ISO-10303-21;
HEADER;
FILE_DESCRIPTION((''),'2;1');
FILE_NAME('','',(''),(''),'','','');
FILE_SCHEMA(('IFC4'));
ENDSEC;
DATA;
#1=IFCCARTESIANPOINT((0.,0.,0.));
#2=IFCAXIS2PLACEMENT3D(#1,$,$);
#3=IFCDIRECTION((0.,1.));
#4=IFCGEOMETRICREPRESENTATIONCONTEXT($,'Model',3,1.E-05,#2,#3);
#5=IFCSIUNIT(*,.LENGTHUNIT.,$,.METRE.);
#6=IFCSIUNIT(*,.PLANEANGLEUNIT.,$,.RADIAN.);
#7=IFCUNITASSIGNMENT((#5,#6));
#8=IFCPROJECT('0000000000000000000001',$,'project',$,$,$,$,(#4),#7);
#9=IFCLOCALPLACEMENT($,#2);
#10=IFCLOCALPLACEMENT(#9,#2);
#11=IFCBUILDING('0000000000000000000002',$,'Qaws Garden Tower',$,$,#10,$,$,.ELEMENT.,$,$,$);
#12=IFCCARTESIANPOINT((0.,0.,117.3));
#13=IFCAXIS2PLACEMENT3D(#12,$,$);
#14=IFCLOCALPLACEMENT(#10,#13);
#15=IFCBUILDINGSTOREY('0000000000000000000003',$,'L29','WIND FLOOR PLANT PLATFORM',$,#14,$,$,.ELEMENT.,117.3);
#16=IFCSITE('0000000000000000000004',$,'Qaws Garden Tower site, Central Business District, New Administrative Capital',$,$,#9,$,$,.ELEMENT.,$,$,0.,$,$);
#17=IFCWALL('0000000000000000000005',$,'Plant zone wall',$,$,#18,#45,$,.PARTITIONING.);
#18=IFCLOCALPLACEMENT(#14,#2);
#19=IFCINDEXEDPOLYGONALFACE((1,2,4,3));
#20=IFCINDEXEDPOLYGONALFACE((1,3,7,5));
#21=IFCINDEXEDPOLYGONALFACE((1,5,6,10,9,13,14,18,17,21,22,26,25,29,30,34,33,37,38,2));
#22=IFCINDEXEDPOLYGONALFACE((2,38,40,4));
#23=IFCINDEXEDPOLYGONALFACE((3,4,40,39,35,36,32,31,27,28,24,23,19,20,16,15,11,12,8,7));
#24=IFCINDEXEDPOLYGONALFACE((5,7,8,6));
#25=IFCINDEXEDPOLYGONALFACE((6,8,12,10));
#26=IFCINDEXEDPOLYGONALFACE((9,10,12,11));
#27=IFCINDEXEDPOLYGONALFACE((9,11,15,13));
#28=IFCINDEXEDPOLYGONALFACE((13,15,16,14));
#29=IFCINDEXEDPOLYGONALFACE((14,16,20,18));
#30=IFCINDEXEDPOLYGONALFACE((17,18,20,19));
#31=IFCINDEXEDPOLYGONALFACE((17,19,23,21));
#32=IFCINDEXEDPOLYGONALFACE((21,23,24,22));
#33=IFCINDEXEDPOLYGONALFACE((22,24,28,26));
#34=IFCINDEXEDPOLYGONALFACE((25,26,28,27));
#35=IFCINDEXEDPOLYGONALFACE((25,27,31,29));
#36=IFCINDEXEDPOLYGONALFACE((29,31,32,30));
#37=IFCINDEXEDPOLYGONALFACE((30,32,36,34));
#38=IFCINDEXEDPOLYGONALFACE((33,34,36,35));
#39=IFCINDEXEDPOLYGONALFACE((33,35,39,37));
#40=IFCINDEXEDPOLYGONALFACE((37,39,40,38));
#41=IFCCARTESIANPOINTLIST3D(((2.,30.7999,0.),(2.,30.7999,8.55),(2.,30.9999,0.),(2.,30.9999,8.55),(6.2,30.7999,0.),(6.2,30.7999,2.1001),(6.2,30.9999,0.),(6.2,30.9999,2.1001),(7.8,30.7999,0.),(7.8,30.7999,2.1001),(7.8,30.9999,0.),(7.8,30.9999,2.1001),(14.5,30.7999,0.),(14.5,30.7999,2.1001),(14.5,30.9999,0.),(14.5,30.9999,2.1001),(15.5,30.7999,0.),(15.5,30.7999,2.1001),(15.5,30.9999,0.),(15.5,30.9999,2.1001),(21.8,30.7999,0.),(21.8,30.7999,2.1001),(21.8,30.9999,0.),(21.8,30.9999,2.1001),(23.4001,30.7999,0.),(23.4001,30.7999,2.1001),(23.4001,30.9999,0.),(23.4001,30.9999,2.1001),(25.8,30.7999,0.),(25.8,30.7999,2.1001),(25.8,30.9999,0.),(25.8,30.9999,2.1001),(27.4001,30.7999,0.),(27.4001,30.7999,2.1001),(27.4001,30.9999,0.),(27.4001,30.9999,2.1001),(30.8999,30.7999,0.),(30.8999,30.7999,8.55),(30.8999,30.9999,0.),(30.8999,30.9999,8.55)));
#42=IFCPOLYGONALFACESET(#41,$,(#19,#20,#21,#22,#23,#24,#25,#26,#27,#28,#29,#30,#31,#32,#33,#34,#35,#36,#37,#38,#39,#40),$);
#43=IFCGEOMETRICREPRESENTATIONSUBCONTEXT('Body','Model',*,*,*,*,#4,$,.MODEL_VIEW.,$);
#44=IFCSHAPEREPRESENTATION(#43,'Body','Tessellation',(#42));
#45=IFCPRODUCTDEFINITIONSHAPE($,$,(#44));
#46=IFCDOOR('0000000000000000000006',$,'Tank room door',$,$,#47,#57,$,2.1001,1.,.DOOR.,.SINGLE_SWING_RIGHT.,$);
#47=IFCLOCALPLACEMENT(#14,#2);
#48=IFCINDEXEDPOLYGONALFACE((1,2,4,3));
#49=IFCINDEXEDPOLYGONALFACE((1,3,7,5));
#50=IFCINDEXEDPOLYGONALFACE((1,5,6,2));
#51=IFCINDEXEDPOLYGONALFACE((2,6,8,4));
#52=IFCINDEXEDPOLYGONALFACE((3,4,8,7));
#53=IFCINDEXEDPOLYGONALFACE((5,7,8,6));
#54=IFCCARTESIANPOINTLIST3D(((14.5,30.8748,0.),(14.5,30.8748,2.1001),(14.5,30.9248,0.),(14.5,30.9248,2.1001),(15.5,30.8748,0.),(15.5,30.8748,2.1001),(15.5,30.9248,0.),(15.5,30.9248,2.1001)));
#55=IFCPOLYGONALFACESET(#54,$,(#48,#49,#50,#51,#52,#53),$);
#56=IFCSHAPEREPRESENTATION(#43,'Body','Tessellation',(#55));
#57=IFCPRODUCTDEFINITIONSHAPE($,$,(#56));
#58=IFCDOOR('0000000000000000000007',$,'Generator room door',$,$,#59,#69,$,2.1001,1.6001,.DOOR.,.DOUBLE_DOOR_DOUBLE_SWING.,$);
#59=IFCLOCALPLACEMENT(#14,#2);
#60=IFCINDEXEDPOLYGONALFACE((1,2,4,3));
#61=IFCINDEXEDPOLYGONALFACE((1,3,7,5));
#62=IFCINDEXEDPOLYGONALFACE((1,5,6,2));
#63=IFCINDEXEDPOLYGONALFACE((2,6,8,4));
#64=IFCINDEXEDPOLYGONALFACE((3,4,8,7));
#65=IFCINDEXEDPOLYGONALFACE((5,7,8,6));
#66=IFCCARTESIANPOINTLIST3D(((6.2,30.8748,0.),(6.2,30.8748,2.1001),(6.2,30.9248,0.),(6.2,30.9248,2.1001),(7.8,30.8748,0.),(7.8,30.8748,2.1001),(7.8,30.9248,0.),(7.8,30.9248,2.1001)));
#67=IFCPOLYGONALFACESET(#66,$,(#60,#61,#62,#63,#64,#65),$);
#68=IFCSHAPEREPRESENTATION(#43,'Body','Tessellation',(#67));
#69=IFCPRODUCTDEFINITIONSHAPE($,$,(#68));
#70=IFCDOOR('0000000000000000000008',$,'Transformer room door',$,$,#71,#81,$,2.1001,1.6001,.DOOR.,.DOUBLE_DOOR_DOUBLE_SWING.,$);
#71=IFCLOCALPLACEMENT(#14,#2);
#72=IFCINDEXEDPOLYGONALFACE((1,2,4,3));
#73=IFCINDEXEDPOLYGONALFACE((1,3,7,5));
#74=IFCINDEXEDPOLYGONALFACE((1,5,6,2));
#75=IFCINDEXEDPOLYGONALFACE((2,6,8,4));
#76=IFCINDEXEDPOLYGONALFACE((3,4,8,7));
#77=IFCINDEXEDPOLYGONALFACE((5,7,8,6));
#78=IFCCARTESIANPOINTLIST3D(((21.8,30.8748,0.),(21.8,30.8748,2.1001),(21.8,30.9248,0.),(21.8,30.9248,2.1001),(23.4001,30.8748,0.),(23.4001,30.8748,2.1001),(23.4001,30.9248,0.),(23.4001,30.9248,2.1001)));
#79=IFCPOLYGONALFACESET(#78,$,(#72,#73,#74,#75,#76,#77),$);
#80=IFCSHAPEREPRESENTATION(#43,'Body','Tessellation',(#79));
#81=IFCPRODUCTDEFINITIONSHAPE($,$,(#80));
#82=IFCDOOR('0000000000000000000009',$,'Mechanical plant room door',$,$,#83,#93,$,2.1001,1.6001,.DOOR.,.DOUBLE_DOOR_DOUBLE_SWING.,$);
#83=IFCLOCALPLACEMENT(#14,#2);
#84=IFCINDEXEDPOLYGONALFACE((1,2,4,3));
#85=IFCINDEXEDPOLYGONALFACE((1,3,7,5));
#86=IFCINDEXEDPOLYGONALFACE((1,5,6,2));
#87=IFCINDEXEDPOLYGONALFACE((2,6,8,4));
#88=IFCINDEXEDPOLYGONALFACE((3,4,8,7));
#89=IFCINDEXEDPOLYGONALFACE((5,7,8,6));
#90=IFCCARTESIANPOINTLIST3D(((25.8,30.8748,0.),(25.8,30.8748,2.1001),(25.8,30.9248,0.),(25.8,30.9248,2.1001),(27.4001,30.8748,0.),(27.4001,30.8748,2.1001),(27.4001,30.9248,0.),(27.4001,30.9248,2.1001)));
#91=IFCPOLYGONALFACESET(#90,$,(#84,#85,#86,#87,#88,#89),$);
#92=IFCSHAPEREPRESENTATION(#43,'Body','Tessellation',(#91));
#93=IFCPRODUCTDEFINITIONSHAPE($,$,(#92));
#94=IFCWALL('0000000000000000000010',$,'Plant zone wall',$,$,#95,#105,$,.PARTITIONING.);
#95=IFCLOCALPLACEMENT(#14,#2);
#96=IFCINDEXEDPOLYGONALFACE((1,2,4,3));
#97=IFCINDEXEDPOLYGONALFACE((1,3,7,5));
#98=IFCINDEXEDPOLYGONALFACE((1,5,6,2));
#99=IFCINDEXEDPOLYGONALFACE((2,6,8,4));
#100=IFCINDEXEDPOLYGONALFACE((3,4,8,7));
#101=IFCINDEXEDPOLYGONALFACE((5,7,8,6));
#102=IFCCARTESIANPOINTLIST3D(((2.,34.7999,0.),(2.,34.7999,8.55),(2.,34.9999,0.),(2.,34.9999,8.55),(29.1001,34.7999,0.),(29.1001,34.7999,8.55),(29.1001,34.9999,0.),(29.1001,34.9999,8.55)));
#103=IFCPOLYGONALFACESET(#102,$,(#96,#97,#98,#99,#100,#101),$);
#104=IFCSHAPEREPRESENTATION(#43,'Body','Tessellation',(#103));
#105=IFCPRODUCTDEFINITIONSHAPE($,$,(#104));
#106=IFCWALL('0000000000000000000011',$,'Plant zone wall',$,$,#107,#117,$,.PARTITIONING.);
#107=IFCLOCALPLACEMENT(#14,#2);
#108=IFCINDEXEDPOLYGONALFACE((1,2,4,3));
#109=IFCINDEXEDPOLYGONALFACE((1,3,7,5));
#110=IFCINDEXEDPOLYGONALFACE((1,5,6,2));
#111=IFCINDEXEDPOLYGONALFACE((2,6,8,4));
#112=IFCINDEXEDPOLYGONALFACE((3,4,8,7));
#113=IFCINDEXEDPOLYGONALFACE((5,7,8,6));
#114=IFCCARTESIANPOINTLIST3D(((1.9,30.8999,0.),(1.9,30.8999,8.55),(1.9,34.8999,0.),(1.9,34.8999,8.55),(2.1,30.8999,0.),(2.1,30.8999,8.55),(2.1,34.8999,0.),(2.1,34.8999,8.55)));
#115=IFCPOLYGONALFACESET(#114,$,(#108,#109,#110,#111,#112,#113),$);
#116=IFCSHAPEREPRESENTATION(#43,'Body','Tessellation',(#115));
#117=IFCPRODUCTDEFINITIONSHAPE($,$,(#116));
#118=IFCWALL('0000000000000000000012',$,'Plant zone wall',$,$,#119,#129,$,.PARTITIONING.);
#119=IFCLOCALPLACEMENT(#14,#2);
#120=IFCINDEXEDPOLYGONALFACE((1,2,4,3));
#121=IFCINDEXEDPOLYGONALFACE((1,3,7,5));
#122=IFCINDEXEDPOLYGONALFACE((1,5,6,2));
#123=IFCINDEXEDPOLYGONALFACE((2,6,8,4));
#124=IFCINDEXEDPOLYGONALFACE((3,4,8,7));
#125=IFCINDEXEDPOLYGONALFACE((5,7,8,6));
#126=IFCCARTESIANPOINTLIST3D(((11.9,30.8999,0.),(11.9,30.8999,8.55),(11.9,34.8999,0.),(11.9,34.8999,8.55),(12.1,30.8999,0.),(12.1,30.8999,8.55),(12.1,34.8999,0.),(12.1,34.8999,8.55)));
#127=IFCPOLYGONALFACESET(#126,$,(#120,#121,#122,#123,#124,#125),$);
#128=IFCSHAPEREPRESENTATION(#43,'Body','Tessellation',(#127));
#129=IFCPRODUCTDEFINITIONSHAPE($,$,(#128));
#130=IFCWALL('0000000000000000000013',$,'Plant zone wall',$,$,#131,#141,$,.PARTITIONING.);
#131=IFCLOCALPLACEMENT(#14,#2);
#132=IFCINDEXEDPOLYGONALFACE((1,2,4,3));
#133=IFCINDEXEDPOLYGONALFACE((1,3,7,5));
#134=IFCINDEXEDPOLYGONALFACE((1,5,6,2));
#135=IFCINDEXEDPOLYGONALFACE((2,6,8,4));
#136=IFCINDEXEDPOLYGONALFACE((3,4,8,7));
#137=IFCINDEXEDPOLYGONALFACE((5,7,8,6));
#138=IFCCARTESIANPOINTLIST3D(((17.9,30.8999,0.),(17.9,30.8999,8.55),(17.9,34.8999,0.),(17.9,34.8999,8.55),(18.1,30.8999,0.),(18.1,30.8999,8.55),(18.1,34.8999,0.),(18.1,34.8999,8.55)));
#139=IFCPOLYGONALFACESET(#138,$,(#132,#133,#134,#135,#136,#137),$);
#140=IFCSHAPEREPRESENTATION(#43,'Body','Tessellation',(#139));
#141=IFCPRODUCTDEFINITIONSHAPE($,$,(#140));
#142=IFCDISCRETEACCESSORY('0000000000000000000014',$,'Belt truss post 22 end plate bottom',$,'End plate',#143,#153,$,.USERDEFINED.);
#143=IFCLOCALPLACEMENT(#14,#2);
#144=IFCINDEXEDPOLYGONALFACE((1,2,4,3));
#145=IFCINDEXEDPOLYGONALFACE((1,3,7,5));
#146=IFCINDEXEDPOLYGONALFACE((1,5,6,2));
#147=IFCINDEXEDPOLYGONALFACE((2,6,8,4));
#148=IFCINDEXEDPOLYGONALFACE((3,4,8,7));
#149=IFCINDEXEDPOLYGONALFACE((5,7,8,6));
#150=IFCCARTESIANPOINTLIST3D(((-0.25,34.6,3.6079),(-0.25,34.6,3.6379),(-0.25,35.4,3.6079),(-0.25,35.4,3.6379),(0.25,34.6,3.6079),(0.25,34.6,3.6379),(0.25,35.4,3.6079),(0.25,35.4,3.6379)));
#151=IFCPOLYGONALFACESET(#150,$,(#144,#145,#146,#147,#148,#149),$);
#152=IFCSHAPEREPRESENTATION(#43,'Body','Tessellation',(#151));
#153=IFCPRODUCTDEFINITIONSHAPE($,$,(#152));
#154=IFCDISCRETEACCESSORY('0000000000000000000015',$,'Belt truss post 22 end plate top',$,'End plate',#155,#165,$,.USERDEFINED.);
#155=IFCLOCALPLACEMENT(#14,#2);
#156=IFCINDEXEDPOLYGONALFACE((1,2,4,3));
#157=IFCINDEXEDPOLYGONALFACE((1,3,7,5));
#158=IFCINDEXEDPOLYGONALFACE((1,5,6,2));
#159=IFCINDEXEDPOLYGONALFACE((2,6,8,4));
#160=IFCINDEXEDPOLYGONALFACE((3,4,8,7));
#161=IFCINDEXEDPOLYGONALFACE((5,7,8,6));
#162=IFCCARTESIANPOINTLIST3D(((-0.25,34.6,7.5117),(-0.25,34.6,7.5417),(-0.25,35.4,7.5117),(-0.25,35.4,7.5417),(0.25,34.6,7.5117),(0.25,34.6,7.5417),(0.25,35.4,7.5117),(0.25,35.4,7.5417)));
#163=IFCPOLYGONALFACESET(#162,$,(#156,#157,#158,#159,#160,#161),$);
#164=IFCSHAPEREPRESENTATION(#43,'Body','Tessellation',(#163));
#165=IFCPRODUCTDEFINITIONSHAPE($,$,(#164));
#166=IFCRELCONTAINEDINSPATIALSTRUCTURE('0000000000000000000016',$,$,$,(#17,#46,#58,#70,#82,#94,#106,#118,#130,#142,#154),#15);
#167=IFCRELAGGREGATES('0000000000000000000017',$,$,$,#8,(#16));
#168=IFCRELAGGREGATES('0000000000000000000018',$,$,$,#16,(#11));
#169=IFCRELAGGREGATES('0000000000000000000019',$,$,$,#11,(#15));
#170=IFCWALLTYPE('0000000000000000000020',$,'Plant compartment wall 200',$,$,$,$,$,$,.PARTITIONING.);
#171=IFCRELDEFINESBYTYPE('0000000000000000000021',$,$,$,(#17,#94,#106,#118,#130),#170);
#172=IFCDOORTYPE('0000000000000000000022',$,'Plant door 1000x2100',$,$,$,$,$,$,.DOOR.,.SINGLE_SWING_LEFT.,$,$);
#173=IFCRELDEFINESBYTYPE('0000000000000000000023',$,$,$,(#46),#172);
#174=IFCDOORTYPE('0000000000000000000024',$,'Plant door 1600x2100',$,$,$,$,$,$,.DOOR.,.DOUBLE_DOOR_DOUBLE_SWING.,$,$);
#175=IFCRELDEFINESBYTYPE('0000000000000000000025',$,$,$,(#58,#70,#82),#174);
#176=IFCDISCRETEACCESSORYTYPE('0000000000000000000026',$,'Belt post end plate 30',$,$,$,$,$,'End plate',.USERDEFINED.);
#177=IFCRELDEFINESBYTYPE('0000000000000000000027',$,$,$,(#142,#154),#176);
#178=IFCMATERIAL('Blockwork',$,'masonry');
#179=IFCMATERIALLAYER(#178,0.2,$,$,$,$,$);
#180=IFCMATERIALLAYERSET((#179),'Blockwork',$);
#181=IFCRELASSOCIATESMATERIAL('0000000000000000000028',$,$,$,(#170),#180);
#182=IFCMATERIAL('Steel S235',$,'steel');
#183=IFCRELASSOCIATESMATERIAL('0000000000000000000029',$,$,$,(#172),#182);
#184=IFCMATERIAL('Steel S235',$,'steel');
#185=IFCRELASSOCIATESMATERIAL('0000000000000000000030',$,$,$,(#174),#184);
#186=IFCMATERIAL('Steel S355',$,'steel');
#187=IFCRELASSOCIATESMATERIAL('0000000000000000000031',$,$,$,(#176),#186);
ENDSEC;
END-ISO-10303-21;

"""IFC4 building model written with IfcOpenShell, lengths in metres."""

from ifc_helpers import new_model, si_unit, direction, frame, frame_2d, origin, origin_2d, place, context, subcontext, project, spatial, rectangle, extrude, material, layer, layer_set, type_object, element, fill, save


model = new_model("IFC4")

# Units and contexts
model_context = context("Model", 3, precision=1e-05, world=origin(), true_north=direction((0.0, 1.0)))
body_context = subcontext(model_context, "Body", "Model", "MODEL_VIEW")
ifc_project = project(units=[si_unit("LENGTHUNIT", "METRE"), si_unit("PLANEANGLEUNIT", "RADIAN")], contexts=[model_context])

# Site, building, storey
site_placement = place(None, origin())
site = spatial("IfcSite", under=ifc_project, at=site_placement, Name="Qaws Garden Tower site, Central Business District, New Administrative Capital", CompositionType="ELEMENT", RefElevation=0.0)
building_placement = place(site_placement, origin())
building = spatial("IfcBuilding", under=site, at=building_placement, Name="Qaws Garden Tower", CompositionType="ELEMENT")
storey_placement = place(building_placement, frame((0.0, 0.0, 117.3)))
storey = spatial("IfcBuildingStorey", under=building, at=storey_placement, Name="L29", Description="WIND FLOOR PLANT PLATFORM", CompositionType="ELEMENT", Elevation=117.3)

# Shared definitions
placement = place(storey_placement, frame((0.0, 35.0, 3.6079), z_axis=(0.0, 0.0, 1.0), x_axis=(1.0, 0.0, 0.0)))

# Wall, openings, doors
ifc_material_1 = material(Name="Blockwork", Category="masonry")
ifc_layer = layer(ifc_material_1, 0.2)
ifc_layer_set = layer_set([ifc_layer], Name="Blockwork")
wall_type = type_object("IfcWallType", Name="Plant compartment wall 200", PredefinedType="PARTITIONING", material=ifc_layer_set)
wall_1_placement = place(storey_placement, frame((2.0, 30.8999, 0.0), z_axis=(0.0, 0.0, 1.0), x_axis=(1.0, 0.0, 0.0)))
wall_1 = element("IfcWall", 1, at=wall_1_placement, inside=storey, type_object=wall_type, Name="Plant zone wall", PredefinedType="PARTITIONING", context=body_context, shape_type="SweptSolid", body=[
    extrude(rectangle(XDim=28.8999, YDim=0.2, at=frame_2d((14.45, 0.0))), origin(), (0.0, 0.0, 1.0), 8.55),
])
opening_1_placement = place(wall_1_placement, frame((4.2, 0.0, 0.0)))
opening_1 = element("IfcOpeningElement", 2, at=opening_1_placement, cuts=wall_1, PredefinedType="OPENING", context=body_context, shape_type="SweptSolid", body=[
    extrude(rectangle(XDim=1.6001, YDim=2.1001, at=frame_2d((0.8, 1.05))), frame((0.0, 0.1099, 0.0), z_axis=(0.0, -1.0, 0.0), x_axis=(1.0, 0.0, 0.0)), (0.0, 0.0, 1.0), 0.22),
])
opening_2_placement = place(wall_1_placement, frame((12.5, 0.0, 0.0)))
opening_2 = element("IfcOpeningElement", 3, at=opening_2_placement, cuts=wall_1, PredefinedType="OPENING", context=body_context, shape_type="SweptSolid", body=[
    extrude(rectangle(XDim=1.0, YDim=2.1001, at=frame_2d((0.5, 1.05))), frame((0.0, 0.1099, 0.0), z_axis=(0.0, -1.0, 0.0), x_axis=(1.0, 0.0, 0.0)), (0.0, 0.0, 1.0), 0.22),
])
opening_3_placement = place(wall_1_placement, frame((19.8, 0.0, 0.0)))
opening_3 = element("IfcOpeningElement", 4, at=opening_3_placement, cuts=wall_1, PredefinedType="OPENING", context=body_context, shape_type="SweptSolid", body=[
    extrude(rectangle(XDim=1.6001, YDim=2.1001, at=frame_2d((0.8, 1.05))), frame((0.0, 0.1099, 0.0), z_axis=(0.0, -1.0, 0.0), x_axis=(1.0, 0.0, 0.0)), (0.0, 0.0, 1.0), 0.22),
])
opening_4_placement = place(wall_1_placement, frame((23.8, 0.0, 0.0)))
opening_4 = element("IfcOpeningElement", 5, at=opening_4_placement, cuts=wall_1, PredefinedType="OPENING", context=body_context, shape_type="SweptSolid", body=[
    extrude(rectangle(XDim=1.6001, YDim=2.1001, at=frame_2d((0.8, 1.05))), frame((0.0, 0.1099, 0.0), z_axis=(0.0, -1.0, 0.0), x_axis=(1.0, 0.0, 0.0)), (0.0, 0.0, 1.0), 0.22),
])
ifc_material_2 = material(Name="Steel S235", Category="steel")
door_type_1 = type_object("IfcDoorType", Name="Plant door 1000x2100", OperationType="SINGLE_SWING_LEFT", PredefinedType="DOOR", material=ifc_material_2)
door_1_placement = place(opening_2_placement, origin())
door_1 = element("IfcDoor", 6, at=door_1_placement, inside=storey, type_object=door_type_1, Name="Tank room door", OperationType="SINGLE_SWING_RIGHT", OverallHeight=2.1001, OverallWidth=1.0, PredefinedType="DOOR", context=body_context, shape_type="SweptSolid", body=[
    extrude(rectangle(XDim=1.0, YDim=2.1001, at=frame_2d((0.5, 1.05))), frame((0.0, 0.0249, 0.0), z_axis=(0.0, -1.0, 0.0), x_axis=(1.0, 0.0, 0.0)), (0.0, 0.0, 1.0), 0.05),
])
fill(opening_2, door_1)
ifc_material_3 = material(Name="Steel S235", Category="steel")
door_type_2 = type_object("IfcDoorType", Name="Plant door 1600x2100", OperationType="DOUBLE_DOOR_DOUBLE_SWING", PredefinedType="DOOR", material=ifc_material_3)
door_2_placement = place(opening_1_placement, origin())
door_2 = element("IfcDoor", 7, at=door_2_placement, inside=storey, type_object=door_type_2, Name="Generator room door", OperationType="DOUBLE_DOOR_DOUBLE_SWING", OverallHeight=2.1001, OverallWidth=1.6001, PredefinedType="DOOR", context=body_context, shape_type="SweptSolid", body=[
    extrude(rectangle(XDim=1.6001, YDim=2.1001, at=frame_2d((0.8, 1.05))), frame((0.0, 0.0249, 0.0), z_axis=(0.0, -1.0, 0.0), x_axis=(1.0, 0.0, 0.0)), (0.0, 0.0, 1.0), 0.05),
])
fill(opening_1, door_2)
door_3_placement = place(opening_3_placement, origin())
door_3 = element("IfcDoor", 8, at=door_3_placement, inside=storey, type_object=door_type_2, Name="Transformer room door", OperationType="DOUBLE_DOOR_DOUBLE_SWING", OverallHeight=2.1001, OverallWidth=1.6001, PredefinedType="DOOR", context=body_context, shape_type="SweptSolid", body=[
    extrude(rectangle(XDim=1.6001, YDim=2.1001, at=frame_2d((0.8, 1.05))), frame((0.0, 0.0249, 0.0), z_axis=(0.0, -1.0, 0.0), x_axis=(1.0, 0.0, 0.0)), (0.0, 0.0, 1.0), 0.05),
])
fill(opening_3, door_3)
door_4_placement = place(opening_4_placement, origin())
door_4 = element("IfcDoor", 9, at=door_4_placement, inside=storey, type_object=door_type_2, Name="Mechanical plant room door", OperationType="DOUBLE_DOOR_DOUBLE_SWING", OverallHeight=2.1001, OverallWidth=1.6001, PredefinedType="DOOR", context=body_context, shape_type="SweptSolid", body=[
    extrude(rectangle(XDim=1.6001, YDim=2.1001, at=frame_2d((0.8, 1.05))), frame((0.0, 0.0249, 0.0), z_axis=(0.0, -1.0, 0.0), x_axis=(1.0, 0.0, 0.0)), (0.0, 0.0, 1.0), 0.05),
])
fill(opening_4, door_4)

# Walls
wall_2_placement = place(storey_placement, frame((2.0, 34.8999, 0.0), z_axis=(0.0, 0.0, 1.0), x_axis=(1.0, 0.0, 0.0)))
element("IfcWall", 10, at=wall_2_placement, inside=storey, type_object=wall_type, Name="Plant zone wall", PredefinedType="PARTITIONING", context=body_context, shape_type="SweptSolid", body=[
    extrude(rectangle(XDim=27.1001, YDim=0.2, at=frame_2d((13.55, 0.0))), origin(), (0.0, 0.0, 1.0), 8.55),
])
for number, where, z_axis, x_axis, name in (
    (11, (2.0, 30.8999, 0.0), (0.0, 0.0, 1.0), (0.0, 1.0, 0.0), "Plant zone wall"),
    (12, (12.0, 30.8999, 0.0), (0.0, 0.0, 1.0), (0.0, 1.0, 0.0), "Plant zone wall"),
    (13, (18.0, 30.8999, 0.0), (0.0, 0.0, 1.0), (0.0, 1.0, 0.0), "Plant zone wall"),
):
    element("IfcWall", number, at=place(storey_placement, frame(where, z_axis=z_axis, x_axis=x_axis)), inside=storey, type_object=wall_type, Name=name, PredefinedType="PARTITIONING", context=body_context, shape_type="SweptSolid", body=[
        extrude(rectangle(XDim=4.0, YDim=0.2, at=frame_2d((2.0, 0.0))), origin(), (0.0, 0.0, 1.0), 8.55),
    ])

# Discrete accessories
ifc_material_4 = material(Name="Steel S355", Category="steel")
discrete_accessory_type = type_object("IfcDiscreteAccessoryType", Name="Belt post end plate 30", ElementType="End plate", PredefinedType="USERDEFINED", material=ifc_material_4)
element("IfcDiscreteAccessory", 14, at=placement, inside=storey, type_object=discrete_accessory_type, Name="Belt truss post 22 end plate bottom", ObjectType="End plate", PredefinedType="USERDEFINED", context=body_context, shape_type="SweptSolid", body=[
    extrude(rectangle(XDim=0.5, YDim=0.8, at=origin_2d()), origin(), (0.0, 0.0, 1.0), 0.03),
])
discrete_accessory_1_placement = place(storey_placement, frame((0.0, 35.0, 7.5117), z_axis=(0.0, 0.0, 1.0), x_axis=(1.0, 0.0, 0.0)))
element("IfcDiscreteAccessory", 15, at=discrete_accessory_1_placement, inside=storey, type_object=discrete_accessory_type, Name="Belt truss post 22 end plate top", ObjectType="End plate", PredefinedType="USERDEFINED", context=body_context, shape_type="SweptSolid", body=[
    extrude(rectangle(XDim=0.5, YDim=0.8, at=origin_2d()), origin(), (0.0, 0.0, 1.0), 0.03),
])

save(model, "model.ifc")
